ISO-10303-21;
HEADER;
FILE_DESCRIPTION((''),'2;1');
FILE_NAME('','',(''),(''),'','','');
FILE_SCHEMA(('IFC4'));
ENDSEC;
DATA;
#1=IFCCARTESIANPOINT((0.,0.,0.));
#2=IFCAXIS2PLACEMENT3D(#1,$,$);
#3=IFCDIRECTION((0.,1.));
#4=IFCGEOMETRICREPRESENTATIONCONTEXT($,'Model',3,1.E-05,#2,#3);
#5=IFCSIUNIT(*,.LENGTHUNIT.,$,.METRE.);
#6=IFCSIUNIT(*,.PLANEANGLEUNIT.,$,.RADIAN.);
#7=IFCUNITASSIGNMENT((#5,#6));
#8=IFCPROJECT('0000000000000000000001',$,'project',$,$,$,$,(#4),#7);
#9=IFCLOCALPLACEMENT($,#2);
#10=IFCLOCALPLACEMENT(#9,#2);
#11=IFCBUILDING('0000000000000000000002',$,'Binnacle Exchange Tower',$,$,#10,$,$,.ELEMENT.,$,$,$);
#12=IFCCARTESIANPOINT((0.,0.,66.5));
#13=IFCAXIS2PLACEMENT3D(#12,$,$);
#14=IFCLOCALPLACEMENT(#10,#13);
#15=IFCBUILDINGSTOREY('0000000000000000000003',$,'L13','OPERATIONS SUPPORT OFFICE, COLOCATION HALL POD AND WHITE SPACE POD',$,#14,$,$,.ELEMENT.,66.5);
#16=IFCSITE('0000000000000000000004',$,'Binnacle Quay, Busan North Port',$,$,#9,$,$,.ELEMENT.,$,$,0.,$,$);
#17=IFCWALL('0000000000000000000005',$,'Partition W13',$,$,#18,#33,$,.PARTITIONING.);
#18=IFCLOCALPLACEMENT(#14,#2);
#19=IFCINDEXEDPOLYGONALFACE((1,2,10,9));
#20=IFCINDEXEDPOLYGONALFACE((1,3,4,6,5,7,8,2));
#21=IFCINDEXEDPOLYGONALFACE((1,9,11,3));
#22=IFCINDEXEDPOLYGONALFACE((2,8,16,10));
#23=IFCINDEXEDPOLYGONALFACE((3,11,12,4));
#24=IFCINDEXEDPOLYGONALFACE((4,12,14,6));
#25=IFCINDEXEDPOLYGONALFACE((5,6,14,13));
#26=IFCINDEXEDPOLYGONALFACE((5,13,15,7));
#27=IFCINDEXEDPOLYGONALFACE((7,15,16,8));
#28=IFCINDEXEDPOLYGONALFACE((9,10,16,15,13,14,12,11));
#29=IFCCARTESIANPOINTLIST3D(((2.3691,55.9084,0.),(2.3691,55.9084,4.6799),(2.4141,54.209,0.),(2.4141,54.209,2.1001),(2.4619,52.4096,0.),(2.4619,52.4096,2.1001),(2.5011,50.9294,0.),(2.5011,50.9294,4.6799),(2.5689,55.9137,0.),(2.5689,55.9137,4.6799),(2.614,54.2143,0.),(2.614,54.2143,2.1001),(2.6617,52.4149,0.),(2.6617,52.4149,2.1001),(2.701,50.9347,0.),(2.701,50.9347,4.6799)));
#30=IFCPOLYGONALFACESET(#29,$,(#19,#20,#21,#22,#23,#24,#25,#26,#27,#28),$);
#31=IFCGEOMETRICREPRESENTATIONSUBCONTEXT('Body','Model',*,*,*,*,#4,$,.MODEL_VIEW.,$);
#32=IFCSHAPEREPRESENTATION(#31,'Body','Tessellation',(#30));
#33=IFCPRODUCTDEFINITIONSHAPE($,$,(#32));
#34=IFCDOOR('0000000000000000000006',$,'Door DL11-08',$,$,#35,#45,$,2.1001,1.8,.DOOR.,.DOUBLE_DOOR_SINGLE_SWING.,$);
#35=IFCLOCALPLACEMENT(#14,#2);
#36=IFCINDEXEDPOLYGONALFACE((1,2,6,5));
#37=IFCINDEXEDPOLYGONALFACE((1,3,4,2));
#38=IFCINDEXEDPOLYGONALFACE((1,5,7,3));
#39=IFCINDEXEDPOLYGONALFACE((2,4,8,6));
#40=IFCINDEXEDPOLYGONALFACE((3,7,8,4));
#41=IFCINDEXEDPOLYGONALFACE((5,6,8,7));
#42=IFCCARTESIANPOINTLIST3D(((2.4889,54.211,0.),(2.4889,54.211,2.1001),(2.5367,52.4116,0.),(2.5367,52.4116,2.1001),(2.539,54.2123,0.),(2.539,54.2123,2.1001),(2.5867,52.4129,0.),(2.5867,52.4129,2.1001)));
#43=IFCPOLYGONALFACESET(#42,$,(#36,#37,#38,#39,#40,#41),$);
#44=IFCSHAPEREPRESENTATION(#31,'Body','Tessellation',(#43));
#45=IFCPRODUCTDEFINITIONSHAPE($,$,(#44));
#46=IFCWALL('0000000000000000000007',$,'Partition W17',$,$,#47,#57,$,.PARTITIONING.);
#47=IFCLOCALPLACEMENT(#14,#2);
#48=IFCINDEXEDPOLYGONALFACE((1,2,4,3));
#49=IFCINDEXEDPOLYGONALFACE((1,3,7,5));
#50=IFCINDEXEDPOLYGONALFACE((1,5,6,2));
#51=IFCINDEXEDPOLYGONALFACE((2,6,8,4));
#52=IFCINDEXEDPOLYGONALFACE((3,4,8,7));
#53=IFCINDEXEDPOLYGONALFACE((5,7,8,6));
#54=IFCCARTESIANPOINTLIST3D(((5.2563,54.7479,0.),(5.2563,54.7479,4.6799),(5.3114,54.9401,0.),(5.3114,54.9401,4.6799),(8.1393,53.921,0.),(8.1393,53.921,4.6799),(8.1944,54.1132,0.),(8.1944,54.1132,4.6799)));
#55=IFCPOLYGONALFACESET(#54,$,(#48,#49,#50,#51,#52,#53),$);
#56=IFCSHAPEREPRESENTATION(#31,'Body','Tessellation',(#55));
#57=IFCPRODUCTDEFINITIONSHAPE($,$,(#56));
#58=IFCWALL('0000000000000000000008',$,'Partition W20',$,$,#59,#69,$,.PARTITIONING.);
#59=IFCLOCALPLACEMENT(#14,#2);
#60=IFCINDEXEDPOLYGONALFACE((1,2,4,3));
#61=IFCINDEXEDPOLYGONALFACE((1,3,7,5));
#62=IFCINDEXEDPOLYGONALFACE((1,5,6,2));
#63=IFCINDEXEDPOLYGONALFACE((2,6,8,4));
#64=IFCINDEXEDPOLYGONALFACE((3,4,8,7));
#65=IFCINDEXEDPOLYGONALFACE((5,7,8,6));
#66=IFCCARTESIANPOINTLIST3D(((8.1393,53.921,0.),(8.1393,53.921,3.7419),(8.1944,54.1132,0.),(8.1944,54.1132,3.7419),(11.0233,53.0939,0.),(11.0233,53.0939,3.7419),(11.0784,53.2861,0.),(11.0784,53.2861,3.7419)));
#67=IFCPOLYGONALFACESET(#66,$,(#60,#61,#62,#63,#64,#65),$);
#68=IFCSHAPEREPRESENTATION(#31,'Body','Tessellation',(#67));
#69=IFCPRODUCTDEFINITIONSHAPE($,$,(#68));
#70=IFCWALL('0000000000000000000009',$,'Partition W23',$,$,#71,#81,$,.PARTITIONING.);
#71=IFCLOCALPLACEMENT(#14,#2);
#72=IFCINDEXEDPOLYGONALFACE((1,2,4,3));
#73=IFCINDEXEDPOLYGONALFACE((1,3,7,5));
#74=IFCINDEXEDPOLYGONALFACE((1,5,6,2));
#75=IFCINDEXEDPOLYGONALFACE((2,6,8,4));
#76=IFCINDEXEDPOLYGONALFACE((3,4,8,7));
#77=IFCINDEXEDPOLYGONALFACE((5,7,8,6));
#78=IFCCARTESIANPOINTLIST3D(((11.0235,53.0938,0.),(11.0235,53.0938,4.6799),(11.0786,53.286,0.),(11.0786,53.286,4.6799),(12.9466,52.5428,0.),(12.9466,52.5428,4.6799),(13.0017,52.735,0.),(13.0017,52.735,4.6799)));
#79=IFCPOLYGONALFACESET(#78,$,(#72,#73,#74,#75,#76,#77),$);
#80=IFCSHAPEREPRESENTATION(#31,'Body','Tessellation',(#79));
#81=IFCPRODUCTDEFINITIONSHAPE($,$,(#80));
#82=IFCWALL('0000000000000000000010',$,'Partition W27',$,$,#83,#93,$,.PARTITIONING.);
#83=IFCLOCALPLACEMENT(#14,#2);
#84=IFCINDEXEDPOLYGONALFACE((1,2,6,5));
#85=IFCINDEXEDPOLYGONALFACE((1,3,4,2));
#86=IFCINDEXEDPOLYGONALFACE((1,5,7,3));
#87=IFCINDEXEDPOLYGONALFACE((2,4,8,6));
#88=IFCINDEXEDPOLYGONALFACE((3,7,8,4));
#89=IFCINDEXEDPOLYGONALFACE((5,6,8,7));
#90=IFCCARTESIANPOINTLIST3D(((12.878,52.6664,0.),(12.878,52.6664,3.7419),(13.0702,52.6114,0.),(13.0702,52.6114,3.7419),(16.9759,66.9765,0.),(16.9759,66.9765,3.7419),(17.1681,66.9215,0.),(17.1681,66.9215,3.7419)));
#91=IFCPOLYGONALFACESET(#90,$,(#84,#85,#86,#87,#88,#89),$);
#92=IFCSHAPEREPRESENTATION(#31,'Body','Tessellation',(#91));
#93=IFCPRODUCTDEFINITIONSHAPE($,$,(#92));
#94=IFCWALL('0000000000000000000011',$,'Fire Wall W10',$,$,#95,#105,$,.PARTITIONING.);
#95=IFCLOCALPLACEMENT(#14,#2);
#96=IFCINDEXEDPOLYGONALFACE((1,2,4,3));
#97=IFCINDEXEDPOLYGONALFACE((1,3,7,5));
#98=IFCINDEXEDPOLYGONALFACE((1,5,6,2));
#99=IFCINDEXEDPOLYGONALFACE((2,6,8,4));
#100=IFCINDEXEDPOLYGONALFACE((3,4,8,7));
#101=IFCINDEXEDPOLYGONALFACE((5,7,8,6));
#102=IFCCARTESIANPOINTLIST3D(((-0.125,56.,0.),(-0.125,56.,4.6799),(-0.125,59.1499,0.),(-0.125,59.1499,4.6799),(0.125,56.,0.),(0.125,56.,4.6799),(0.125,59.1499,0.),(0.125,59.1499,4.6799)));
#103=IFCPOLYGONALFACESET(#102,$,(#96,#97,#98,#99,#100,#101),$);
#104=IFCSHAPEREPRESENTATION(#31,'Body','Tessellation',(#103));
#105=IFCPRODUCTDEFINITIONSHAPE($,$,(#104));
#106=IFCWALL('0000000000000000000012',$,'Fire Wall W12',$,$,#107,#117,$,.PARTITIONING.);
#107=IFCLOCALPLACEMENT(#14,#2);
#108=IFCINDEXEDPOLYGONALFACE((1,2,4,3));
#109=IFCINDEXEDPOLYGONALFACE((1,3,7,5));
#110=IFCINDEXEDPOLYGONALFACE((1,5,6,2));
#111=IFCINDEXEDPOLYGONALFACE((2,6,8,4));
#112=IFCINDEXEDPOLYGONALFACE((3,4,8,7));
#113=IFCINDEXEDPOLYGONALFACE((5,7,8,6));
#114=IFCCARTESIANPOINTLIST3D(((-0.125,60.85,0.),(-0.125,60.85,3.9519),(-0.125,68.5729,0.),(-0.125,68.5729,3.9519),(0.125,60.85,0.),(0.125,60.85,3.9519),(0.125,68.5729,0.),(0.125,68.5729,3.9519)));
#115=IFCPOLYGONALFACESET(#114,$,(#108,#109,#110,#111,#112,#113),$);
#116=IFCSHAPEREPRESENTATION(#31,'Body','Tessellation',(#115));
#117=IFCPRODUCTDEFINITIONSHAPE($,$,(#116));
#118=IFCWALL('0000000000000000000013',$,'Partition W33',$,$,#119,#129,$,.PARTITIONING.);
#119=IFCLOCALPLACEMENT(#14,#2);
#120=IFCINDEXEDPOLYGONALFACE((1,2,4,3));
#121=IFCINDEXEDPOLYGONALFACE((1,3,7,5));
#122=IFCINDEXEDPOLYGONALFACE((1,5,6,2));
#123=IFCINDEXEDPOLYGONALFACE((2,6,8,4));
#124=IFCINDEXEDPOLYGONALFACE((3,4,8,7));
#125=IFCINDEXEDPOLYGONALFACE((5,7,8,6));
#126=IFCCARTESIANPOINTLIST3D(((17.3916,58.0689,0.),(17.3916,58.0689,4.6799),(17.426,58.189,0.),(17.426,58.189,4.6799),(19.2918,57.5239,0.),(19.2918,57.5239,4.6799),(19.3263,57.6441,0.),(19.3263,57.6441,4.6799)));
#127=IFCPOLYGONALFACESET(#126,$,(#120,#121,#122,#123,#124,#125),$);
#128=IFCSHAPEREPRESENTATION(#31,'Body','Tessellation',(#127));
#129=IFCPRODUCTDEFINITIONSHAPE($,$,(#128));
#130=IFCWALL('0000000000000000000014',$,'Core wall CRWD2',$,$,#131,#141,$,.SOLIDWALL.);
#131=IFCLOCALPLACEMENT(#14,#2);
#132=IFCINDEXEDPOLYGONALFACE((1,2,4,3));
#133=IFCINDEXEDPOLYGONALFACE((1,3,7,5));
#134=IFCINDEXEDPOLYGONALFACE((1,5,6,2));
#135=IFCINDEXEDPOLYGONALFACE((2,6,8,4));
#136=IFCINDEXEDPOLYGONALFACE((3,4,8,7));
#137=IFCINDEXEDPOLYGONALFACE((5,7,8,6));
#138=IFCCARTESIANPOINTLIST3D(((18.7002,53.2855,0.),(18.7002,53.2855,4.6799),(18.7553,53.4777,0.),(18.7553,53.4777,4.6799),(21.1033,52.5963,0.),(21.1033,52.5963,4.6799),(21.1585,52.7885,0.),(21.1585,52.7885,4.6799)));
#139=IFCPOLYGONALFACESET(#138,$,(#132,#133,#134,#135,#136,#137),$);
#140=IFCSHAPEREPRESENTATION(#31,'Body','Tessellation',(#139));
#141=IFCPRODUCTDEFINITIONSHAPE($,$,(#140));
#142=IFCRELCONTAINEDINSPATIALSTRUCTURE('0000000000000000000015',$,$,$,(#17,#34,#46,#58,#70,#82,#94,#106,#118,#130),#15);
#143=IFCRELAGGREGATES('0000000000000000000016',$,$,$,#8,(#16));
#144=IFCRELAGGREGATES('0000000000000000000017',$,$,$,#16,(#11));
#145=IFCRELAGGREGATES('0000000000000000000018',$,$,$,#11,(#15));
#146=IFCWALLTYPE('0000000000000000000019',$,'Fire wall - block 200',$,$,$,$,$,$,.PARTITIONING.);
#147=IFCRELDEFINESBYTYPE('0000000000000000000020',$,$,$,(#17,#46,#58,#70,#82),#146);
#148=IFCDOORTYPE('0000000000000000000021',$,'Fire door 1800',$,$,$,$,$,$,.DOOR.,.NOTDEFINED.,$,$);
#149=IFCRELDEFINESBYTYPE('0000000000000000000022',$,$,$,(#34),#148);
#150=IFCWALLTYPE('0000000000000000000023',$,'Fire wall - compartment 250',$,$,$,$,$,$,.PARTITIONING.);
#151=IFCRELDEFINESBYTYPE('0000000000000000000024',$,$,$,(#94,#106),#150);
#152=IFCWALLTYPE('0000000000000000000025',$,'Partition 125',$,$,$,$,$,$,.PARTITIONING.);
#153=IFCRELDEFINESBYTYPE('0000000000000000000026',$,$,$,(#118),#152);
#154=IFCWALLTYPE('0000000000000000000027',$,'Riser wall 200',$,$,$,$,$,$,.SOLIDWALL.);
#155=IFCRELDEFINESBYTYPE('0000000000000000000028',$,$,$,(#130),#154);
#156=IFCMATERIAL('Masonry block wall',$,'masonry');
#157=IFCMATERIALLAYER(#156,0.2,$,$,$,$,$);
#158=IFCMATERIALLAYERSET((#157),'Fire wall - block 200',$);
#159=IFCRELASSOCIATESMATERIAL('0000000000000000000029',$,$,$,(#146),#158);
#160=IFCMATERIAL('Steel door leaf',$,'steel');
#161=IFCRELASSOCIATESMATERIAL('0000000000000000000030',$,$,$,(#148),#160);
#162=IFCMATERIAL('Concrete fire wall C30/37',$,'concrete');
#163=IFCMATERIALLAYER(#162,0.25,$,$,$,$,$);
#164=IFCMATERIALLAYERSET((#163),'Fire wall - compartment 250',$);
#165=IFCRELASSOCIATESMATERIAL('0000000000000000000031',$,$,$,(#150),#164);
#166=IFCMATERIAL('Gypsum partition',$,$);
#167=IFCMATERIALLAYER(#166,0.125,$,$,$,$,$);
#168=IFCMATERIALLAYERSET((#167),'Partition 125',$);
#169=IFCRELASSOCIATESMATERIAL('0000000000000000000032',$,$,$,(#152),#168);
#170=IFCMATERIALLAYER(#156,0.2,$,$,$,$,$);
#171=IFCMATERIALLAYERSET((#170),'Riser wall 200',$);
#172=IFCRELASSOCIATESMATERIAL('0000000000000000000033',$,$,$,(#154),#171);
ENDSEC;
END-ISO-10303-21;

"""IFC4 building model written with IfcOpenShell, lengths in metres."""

from ifc_helpers import new_model, si_unit, direction, frame, frame_2d, origin, place, context, subcontext, project, spatial, rectangle, extrude, material, layer, layer_set, type_object, element, fill, save


model = new_model("IFC4")

# Units and contexts
model_context = context("Model", 3, precision=1e-05, world=origin(), true_north=direction((0.0, 1.0)))
body_context = subcontext(model_context, "Body", "Model", "MODEL_VIEW")
ifc_project = project(units=[si_unit("LENGTHUNIT", "METRE"), si_unit("PLANEANGLEUNIT", "RADIAN")], contexts=[model_context])

# Site, building, storey
site_placement = place(None, origin())
site = spatial("IfcSite", under=ifc_project, at=site_placement, Name="Binnacle Quay, Busan North Port", CompositionType="ELEMENT", RefElevation=0.0)
building_placement = place(site_placement, origin())
building = spatial("IfcBuilding", under=site, at=building_placement, Name="Binnacle Exchange Tower", CompositionType="ELEMENT")
storey_placement = place(building_placement, frame((0.0, 0.0, 66.5)))
storey = spatial("IfcBuildingStorey", under=building, at=storey_placement, Name="L13", Description="OPERATIONS SUPPORT OFFICE, COLOCATION HALL POD AND WHITE SPACE POD", CompositionType="ELEMENT", Elevation=66.5)

# Shared definitions
ifc_material_1 = material(Name="Masonry block wall", Category="masonry")
ifc_layer_1 = layer(ifc_material_1, 0.2)
ifc_layer_set_1 = layer_set([ifc_layer_1], Name="Fire wall - block 200")
wall_type_1 = type_object("IfcWallType", Name="Fire wall - block 200", PredefinedType="PARTITIONING", material=ifc_layer_set_1)

# Wall, opening, door
wall_1_placement = place(storey_placement, frame((2.469, 55.9109, 0.0), z_axis=(0.0, 0.0, 1.0), x_axis=(0.026518, -0.999648, 0.0)))
wall_1 = element("IfcWall", 1, at=wall_1_placement, inside=storey, type_object=wall_type_1, Name="Partition W13", PredefinedType="PARTITIONING", context=body_context, shape_type="SweptSolid", body=[
    extrude(rectangle(XDim=4.9807, YDim=0.2, at=frame_2d((2.4902, 0.0))), origin(), (0.0, 0.0, 1.0), 4.6799),
])
opening_1_placement = place(wall_1_placement, frame((1.7, 0.0, 0.0)))
opening_1 = element("IfcOpeningElement", 2, at=opening_1_placement, cuts=wall_1, PredefinedType="OPENING", context=body_context, shape_type="SweptSolid", body=[
    extrude(rectangle(XDim=1.8, YDim=2.1001, at=frame_2d((0.8999, 1.05))), frame((0.0, 0.1099, 0.0), z_axis=(0.0, -1.0, 0.0), x_axis=(1.0, 0.0, 0.0)), (0.0, 0.0, 1.0), 0.22),
])
ifc_material_2 = material(Name="Steel door leaf", Category="steel")
door_type = type_object("IfcDoorType", Name="Fire door 1800", OperationType="NOTDEFINED", PredefinedType="DOOR", material=ifc_material_2)
door_placement = place(opening_1_placement, origin())
door = element("IfcDoor", 3, at=door_placement, inside=storey, type_object=door_type, Name="Door DL11-08", OperationType="DOUBLE_DOOR_SINGLE_SWING", OverallHeight=2.1001, OverallWidth=1.8, PredefinedType="DOOR", context=body_context, shape_type="SweptSolid", body=[
    extrude(rectangle(XDim=1.8, YDim=2.1001, at=frame_2d((0.8999, 1.05))), frame((0.0, 0.0249, 0.0), z_axis=(0.0, -1.0, 0.0), x_axis=(1.0, 0.0, 0.0)), (0.0, 0.0, 1.0), 0.05),
])
fill(opening_1, door)

# Walls
wall_2_placement = place(storey_placement, frame((5.2839, 54.844, 0.0), z_axis=(0.0, 0.0, 1.0), x_axis=(0.961244, -0.275699, 0.0)))
element("IfcWall", 4, at=wall_2_placement, inside=storey, type_object=wall_type_1, Name="Partition W17", PredefinedType="PARTITIONING", context=body_context, shape_type="SweptSolid", body=[
    extrude(rectangle(XDim=2.9993, YDim=0.2, at=frame_2d((1.4995, 0.0))), origin(), (0.0, 0.0, 1.0), 4.6799),
])
wall_3_placement = place(storey_placement, frame((8.167, 54.0171, 0.0), z_axis=(0.0, 0.0, 1.0), x_axis=(0.961247, -0.275688, 0.0)))
element("IfcWall", 5, at=wall_3_placement, inside=storey, type_object=wall_type_1, Name="Partition W20", PredefinedType="PARTITIONING", context=body_context, shape_type="SweptSolid", body=[
    extrude(rectangle(XDim=3.0002, YDim=0.2, at=frame_2d((1.5, 0.0))), origin(), (0.0, 0.0, 1.0), 3.7419),
])
wall_4_placement = place(storey_placement, frame((11.051, 53.1899, 0.0), z_axis=(0.0, 0.0, 1.0), x_axis=(0.961316, -0.275446, 0.0)))
element("IfcWall", 6, at=wall_4_placement, inside=storey, type_object=wall_type_1, Name="Partition W23", PredefinedType="PARTITIONING", context=body_context, shape_type="SweptSolid", body=[
    extrude(rectangle(XDim=2.0005, YDim=0.2, at=frame_2d((1.0002, 0.0))), origin(), (0.0, 0.0, 1.0), 4.6799),
])
wall_5_placement = place(storey_placement, frame((12.9741, 52.6389, 0.0), z_axis=(0.0, 0.0, 1.0), x_axis=(0.275299, 0.961359, 0.0)))
element("IfcWall", 7, at=wall_5_placement, inside=storey, type_object=wall_type_1, Name="Partition W27", PredefinedType="PARTITIONING", context=body_context, shape_type="SweptSolid", body=[
    extrude(rectangle(XDim=14.8853, YDim=0.2, at=frame_2d((7.4426, 0.0))), origin(), (0.0, 0.0, 1.0), 3.7419),
])
ifc_material_3 = material(Name="Concrete fire wall C30/37", Category="concrete")
ifc_layer_2 = layer(ifc_material_3, 0.25)
ifc_layer_set_2 = layer_set([ifc_layer_2], Name="Fire wall - compartment 250")
wall_type_2 = type_object("IfcWallType", Name="Fire wall - compartment 250", PredefinedType="PARTITIONING", material=ifc_layer_set_2)
wall_6_placement = place(storey_placement, frame((0.0, 56.0, 0.0), z_axis=(0.0, 0.0, 1.0), x_axis=(0.0, 1.0, 0.0)))
element("IfcWall", 8, at=wall_6_placement, inside=storey, type_object=wall_type_2, Name="Fire Wall W10", PredefinedType="PARTITIONING", context=body_context, shape_type="SweptSolid", body=[
    extrude(rectangle(XDim=3.1499, YDim=0.25, at=frame_2d((1.575, 0.0))), origin(), (0.0, 0.0, 1.0), 4.6799),
])
wall_7_placement = place(storey_placement, frame((0.0, 60.8501, 0.0), z_axis=(0.0, 0.0, 1.0), x_axis=(0.0, 1.0, 0.0)))
element("IfcWall", 9, at=wall_7_placement, inside=storey, type_object=wall_type_2, Name="Fire Wall W12", PredefinedType="PARTITIONING", context=body_context, shape_type="SweptSolid", body=[
    extrude(rectangle(XDim=7.7229, YDim=0.25, at=frame_2d((3.8613, 0.0))), origin(), (0.0, 0.0, 1.0), 3.9519),
])
ifc_material_4 = material(Name="Gypsum partition")
ifc_layer_3 = layer(ifc_material_4, 0.125)
ifc_layer_set_3 = layer_set([ifc_layer_3], Name="Partition 125")
wall_type_3 = type_object("IfcWallType", Name="Partition 125", PredefinedType="PARTITIONING", material=ifc_layer_set_3)
wall_8_placement = place(storey_placement, frame((17.4089, 58.1289, 0.0), z_axis=(0.0, 0.0, 1.0), x_axis=(0.961253, -0.275667, 0.0)))
element("IfcWall", 10, at=wall_8_placement, inside=storey, type_object=wall_type_3, Name="Partition W33", PredefinedType="PARTITIONING", context=body_context, shape_type="SweptSolid", body=[
    extrude(rectangle(XDim=1.9768, YDim=0.125, at=frame_2d((0.9883, 0.0))), origin(), (0.0, 0.0, 1.0), 4.6799),
])
ifc_layer_4 = layer(ifc_material_1, 0.2)
ifc_layer_set_4 = layer_set([ifc_layer_4], Name="Riser wall 200")
wall_type_4 = type_object("IfcWallType", Name="Riser wall 200", PredefinedType="SOLIDWALL", material=ifc_layer_set_4)
wall_9_placement = place(storey_placement, frame((18.7278, 53.3816, 0.0), z_axis=(0.0, 0.0, 1.0), x_axis=(0.961247, -0.275688, 0.0)))
element("IfcWall", 11, at=wall_9_placement, inside=storey, type_object=wall_type_4, Name="Core wall CRWD2", PredefinedType="SOLIDWALL", context=body_context, shape_type="SweptSolid", body=[
    extrude(rectangle(XDim=2.5, YDim=0.2, at=frame_2d((1.25, 0.0))), origin(), (0.0, 0.0, 1.0), 4.6799),
])

save(model, "model.ifc")
